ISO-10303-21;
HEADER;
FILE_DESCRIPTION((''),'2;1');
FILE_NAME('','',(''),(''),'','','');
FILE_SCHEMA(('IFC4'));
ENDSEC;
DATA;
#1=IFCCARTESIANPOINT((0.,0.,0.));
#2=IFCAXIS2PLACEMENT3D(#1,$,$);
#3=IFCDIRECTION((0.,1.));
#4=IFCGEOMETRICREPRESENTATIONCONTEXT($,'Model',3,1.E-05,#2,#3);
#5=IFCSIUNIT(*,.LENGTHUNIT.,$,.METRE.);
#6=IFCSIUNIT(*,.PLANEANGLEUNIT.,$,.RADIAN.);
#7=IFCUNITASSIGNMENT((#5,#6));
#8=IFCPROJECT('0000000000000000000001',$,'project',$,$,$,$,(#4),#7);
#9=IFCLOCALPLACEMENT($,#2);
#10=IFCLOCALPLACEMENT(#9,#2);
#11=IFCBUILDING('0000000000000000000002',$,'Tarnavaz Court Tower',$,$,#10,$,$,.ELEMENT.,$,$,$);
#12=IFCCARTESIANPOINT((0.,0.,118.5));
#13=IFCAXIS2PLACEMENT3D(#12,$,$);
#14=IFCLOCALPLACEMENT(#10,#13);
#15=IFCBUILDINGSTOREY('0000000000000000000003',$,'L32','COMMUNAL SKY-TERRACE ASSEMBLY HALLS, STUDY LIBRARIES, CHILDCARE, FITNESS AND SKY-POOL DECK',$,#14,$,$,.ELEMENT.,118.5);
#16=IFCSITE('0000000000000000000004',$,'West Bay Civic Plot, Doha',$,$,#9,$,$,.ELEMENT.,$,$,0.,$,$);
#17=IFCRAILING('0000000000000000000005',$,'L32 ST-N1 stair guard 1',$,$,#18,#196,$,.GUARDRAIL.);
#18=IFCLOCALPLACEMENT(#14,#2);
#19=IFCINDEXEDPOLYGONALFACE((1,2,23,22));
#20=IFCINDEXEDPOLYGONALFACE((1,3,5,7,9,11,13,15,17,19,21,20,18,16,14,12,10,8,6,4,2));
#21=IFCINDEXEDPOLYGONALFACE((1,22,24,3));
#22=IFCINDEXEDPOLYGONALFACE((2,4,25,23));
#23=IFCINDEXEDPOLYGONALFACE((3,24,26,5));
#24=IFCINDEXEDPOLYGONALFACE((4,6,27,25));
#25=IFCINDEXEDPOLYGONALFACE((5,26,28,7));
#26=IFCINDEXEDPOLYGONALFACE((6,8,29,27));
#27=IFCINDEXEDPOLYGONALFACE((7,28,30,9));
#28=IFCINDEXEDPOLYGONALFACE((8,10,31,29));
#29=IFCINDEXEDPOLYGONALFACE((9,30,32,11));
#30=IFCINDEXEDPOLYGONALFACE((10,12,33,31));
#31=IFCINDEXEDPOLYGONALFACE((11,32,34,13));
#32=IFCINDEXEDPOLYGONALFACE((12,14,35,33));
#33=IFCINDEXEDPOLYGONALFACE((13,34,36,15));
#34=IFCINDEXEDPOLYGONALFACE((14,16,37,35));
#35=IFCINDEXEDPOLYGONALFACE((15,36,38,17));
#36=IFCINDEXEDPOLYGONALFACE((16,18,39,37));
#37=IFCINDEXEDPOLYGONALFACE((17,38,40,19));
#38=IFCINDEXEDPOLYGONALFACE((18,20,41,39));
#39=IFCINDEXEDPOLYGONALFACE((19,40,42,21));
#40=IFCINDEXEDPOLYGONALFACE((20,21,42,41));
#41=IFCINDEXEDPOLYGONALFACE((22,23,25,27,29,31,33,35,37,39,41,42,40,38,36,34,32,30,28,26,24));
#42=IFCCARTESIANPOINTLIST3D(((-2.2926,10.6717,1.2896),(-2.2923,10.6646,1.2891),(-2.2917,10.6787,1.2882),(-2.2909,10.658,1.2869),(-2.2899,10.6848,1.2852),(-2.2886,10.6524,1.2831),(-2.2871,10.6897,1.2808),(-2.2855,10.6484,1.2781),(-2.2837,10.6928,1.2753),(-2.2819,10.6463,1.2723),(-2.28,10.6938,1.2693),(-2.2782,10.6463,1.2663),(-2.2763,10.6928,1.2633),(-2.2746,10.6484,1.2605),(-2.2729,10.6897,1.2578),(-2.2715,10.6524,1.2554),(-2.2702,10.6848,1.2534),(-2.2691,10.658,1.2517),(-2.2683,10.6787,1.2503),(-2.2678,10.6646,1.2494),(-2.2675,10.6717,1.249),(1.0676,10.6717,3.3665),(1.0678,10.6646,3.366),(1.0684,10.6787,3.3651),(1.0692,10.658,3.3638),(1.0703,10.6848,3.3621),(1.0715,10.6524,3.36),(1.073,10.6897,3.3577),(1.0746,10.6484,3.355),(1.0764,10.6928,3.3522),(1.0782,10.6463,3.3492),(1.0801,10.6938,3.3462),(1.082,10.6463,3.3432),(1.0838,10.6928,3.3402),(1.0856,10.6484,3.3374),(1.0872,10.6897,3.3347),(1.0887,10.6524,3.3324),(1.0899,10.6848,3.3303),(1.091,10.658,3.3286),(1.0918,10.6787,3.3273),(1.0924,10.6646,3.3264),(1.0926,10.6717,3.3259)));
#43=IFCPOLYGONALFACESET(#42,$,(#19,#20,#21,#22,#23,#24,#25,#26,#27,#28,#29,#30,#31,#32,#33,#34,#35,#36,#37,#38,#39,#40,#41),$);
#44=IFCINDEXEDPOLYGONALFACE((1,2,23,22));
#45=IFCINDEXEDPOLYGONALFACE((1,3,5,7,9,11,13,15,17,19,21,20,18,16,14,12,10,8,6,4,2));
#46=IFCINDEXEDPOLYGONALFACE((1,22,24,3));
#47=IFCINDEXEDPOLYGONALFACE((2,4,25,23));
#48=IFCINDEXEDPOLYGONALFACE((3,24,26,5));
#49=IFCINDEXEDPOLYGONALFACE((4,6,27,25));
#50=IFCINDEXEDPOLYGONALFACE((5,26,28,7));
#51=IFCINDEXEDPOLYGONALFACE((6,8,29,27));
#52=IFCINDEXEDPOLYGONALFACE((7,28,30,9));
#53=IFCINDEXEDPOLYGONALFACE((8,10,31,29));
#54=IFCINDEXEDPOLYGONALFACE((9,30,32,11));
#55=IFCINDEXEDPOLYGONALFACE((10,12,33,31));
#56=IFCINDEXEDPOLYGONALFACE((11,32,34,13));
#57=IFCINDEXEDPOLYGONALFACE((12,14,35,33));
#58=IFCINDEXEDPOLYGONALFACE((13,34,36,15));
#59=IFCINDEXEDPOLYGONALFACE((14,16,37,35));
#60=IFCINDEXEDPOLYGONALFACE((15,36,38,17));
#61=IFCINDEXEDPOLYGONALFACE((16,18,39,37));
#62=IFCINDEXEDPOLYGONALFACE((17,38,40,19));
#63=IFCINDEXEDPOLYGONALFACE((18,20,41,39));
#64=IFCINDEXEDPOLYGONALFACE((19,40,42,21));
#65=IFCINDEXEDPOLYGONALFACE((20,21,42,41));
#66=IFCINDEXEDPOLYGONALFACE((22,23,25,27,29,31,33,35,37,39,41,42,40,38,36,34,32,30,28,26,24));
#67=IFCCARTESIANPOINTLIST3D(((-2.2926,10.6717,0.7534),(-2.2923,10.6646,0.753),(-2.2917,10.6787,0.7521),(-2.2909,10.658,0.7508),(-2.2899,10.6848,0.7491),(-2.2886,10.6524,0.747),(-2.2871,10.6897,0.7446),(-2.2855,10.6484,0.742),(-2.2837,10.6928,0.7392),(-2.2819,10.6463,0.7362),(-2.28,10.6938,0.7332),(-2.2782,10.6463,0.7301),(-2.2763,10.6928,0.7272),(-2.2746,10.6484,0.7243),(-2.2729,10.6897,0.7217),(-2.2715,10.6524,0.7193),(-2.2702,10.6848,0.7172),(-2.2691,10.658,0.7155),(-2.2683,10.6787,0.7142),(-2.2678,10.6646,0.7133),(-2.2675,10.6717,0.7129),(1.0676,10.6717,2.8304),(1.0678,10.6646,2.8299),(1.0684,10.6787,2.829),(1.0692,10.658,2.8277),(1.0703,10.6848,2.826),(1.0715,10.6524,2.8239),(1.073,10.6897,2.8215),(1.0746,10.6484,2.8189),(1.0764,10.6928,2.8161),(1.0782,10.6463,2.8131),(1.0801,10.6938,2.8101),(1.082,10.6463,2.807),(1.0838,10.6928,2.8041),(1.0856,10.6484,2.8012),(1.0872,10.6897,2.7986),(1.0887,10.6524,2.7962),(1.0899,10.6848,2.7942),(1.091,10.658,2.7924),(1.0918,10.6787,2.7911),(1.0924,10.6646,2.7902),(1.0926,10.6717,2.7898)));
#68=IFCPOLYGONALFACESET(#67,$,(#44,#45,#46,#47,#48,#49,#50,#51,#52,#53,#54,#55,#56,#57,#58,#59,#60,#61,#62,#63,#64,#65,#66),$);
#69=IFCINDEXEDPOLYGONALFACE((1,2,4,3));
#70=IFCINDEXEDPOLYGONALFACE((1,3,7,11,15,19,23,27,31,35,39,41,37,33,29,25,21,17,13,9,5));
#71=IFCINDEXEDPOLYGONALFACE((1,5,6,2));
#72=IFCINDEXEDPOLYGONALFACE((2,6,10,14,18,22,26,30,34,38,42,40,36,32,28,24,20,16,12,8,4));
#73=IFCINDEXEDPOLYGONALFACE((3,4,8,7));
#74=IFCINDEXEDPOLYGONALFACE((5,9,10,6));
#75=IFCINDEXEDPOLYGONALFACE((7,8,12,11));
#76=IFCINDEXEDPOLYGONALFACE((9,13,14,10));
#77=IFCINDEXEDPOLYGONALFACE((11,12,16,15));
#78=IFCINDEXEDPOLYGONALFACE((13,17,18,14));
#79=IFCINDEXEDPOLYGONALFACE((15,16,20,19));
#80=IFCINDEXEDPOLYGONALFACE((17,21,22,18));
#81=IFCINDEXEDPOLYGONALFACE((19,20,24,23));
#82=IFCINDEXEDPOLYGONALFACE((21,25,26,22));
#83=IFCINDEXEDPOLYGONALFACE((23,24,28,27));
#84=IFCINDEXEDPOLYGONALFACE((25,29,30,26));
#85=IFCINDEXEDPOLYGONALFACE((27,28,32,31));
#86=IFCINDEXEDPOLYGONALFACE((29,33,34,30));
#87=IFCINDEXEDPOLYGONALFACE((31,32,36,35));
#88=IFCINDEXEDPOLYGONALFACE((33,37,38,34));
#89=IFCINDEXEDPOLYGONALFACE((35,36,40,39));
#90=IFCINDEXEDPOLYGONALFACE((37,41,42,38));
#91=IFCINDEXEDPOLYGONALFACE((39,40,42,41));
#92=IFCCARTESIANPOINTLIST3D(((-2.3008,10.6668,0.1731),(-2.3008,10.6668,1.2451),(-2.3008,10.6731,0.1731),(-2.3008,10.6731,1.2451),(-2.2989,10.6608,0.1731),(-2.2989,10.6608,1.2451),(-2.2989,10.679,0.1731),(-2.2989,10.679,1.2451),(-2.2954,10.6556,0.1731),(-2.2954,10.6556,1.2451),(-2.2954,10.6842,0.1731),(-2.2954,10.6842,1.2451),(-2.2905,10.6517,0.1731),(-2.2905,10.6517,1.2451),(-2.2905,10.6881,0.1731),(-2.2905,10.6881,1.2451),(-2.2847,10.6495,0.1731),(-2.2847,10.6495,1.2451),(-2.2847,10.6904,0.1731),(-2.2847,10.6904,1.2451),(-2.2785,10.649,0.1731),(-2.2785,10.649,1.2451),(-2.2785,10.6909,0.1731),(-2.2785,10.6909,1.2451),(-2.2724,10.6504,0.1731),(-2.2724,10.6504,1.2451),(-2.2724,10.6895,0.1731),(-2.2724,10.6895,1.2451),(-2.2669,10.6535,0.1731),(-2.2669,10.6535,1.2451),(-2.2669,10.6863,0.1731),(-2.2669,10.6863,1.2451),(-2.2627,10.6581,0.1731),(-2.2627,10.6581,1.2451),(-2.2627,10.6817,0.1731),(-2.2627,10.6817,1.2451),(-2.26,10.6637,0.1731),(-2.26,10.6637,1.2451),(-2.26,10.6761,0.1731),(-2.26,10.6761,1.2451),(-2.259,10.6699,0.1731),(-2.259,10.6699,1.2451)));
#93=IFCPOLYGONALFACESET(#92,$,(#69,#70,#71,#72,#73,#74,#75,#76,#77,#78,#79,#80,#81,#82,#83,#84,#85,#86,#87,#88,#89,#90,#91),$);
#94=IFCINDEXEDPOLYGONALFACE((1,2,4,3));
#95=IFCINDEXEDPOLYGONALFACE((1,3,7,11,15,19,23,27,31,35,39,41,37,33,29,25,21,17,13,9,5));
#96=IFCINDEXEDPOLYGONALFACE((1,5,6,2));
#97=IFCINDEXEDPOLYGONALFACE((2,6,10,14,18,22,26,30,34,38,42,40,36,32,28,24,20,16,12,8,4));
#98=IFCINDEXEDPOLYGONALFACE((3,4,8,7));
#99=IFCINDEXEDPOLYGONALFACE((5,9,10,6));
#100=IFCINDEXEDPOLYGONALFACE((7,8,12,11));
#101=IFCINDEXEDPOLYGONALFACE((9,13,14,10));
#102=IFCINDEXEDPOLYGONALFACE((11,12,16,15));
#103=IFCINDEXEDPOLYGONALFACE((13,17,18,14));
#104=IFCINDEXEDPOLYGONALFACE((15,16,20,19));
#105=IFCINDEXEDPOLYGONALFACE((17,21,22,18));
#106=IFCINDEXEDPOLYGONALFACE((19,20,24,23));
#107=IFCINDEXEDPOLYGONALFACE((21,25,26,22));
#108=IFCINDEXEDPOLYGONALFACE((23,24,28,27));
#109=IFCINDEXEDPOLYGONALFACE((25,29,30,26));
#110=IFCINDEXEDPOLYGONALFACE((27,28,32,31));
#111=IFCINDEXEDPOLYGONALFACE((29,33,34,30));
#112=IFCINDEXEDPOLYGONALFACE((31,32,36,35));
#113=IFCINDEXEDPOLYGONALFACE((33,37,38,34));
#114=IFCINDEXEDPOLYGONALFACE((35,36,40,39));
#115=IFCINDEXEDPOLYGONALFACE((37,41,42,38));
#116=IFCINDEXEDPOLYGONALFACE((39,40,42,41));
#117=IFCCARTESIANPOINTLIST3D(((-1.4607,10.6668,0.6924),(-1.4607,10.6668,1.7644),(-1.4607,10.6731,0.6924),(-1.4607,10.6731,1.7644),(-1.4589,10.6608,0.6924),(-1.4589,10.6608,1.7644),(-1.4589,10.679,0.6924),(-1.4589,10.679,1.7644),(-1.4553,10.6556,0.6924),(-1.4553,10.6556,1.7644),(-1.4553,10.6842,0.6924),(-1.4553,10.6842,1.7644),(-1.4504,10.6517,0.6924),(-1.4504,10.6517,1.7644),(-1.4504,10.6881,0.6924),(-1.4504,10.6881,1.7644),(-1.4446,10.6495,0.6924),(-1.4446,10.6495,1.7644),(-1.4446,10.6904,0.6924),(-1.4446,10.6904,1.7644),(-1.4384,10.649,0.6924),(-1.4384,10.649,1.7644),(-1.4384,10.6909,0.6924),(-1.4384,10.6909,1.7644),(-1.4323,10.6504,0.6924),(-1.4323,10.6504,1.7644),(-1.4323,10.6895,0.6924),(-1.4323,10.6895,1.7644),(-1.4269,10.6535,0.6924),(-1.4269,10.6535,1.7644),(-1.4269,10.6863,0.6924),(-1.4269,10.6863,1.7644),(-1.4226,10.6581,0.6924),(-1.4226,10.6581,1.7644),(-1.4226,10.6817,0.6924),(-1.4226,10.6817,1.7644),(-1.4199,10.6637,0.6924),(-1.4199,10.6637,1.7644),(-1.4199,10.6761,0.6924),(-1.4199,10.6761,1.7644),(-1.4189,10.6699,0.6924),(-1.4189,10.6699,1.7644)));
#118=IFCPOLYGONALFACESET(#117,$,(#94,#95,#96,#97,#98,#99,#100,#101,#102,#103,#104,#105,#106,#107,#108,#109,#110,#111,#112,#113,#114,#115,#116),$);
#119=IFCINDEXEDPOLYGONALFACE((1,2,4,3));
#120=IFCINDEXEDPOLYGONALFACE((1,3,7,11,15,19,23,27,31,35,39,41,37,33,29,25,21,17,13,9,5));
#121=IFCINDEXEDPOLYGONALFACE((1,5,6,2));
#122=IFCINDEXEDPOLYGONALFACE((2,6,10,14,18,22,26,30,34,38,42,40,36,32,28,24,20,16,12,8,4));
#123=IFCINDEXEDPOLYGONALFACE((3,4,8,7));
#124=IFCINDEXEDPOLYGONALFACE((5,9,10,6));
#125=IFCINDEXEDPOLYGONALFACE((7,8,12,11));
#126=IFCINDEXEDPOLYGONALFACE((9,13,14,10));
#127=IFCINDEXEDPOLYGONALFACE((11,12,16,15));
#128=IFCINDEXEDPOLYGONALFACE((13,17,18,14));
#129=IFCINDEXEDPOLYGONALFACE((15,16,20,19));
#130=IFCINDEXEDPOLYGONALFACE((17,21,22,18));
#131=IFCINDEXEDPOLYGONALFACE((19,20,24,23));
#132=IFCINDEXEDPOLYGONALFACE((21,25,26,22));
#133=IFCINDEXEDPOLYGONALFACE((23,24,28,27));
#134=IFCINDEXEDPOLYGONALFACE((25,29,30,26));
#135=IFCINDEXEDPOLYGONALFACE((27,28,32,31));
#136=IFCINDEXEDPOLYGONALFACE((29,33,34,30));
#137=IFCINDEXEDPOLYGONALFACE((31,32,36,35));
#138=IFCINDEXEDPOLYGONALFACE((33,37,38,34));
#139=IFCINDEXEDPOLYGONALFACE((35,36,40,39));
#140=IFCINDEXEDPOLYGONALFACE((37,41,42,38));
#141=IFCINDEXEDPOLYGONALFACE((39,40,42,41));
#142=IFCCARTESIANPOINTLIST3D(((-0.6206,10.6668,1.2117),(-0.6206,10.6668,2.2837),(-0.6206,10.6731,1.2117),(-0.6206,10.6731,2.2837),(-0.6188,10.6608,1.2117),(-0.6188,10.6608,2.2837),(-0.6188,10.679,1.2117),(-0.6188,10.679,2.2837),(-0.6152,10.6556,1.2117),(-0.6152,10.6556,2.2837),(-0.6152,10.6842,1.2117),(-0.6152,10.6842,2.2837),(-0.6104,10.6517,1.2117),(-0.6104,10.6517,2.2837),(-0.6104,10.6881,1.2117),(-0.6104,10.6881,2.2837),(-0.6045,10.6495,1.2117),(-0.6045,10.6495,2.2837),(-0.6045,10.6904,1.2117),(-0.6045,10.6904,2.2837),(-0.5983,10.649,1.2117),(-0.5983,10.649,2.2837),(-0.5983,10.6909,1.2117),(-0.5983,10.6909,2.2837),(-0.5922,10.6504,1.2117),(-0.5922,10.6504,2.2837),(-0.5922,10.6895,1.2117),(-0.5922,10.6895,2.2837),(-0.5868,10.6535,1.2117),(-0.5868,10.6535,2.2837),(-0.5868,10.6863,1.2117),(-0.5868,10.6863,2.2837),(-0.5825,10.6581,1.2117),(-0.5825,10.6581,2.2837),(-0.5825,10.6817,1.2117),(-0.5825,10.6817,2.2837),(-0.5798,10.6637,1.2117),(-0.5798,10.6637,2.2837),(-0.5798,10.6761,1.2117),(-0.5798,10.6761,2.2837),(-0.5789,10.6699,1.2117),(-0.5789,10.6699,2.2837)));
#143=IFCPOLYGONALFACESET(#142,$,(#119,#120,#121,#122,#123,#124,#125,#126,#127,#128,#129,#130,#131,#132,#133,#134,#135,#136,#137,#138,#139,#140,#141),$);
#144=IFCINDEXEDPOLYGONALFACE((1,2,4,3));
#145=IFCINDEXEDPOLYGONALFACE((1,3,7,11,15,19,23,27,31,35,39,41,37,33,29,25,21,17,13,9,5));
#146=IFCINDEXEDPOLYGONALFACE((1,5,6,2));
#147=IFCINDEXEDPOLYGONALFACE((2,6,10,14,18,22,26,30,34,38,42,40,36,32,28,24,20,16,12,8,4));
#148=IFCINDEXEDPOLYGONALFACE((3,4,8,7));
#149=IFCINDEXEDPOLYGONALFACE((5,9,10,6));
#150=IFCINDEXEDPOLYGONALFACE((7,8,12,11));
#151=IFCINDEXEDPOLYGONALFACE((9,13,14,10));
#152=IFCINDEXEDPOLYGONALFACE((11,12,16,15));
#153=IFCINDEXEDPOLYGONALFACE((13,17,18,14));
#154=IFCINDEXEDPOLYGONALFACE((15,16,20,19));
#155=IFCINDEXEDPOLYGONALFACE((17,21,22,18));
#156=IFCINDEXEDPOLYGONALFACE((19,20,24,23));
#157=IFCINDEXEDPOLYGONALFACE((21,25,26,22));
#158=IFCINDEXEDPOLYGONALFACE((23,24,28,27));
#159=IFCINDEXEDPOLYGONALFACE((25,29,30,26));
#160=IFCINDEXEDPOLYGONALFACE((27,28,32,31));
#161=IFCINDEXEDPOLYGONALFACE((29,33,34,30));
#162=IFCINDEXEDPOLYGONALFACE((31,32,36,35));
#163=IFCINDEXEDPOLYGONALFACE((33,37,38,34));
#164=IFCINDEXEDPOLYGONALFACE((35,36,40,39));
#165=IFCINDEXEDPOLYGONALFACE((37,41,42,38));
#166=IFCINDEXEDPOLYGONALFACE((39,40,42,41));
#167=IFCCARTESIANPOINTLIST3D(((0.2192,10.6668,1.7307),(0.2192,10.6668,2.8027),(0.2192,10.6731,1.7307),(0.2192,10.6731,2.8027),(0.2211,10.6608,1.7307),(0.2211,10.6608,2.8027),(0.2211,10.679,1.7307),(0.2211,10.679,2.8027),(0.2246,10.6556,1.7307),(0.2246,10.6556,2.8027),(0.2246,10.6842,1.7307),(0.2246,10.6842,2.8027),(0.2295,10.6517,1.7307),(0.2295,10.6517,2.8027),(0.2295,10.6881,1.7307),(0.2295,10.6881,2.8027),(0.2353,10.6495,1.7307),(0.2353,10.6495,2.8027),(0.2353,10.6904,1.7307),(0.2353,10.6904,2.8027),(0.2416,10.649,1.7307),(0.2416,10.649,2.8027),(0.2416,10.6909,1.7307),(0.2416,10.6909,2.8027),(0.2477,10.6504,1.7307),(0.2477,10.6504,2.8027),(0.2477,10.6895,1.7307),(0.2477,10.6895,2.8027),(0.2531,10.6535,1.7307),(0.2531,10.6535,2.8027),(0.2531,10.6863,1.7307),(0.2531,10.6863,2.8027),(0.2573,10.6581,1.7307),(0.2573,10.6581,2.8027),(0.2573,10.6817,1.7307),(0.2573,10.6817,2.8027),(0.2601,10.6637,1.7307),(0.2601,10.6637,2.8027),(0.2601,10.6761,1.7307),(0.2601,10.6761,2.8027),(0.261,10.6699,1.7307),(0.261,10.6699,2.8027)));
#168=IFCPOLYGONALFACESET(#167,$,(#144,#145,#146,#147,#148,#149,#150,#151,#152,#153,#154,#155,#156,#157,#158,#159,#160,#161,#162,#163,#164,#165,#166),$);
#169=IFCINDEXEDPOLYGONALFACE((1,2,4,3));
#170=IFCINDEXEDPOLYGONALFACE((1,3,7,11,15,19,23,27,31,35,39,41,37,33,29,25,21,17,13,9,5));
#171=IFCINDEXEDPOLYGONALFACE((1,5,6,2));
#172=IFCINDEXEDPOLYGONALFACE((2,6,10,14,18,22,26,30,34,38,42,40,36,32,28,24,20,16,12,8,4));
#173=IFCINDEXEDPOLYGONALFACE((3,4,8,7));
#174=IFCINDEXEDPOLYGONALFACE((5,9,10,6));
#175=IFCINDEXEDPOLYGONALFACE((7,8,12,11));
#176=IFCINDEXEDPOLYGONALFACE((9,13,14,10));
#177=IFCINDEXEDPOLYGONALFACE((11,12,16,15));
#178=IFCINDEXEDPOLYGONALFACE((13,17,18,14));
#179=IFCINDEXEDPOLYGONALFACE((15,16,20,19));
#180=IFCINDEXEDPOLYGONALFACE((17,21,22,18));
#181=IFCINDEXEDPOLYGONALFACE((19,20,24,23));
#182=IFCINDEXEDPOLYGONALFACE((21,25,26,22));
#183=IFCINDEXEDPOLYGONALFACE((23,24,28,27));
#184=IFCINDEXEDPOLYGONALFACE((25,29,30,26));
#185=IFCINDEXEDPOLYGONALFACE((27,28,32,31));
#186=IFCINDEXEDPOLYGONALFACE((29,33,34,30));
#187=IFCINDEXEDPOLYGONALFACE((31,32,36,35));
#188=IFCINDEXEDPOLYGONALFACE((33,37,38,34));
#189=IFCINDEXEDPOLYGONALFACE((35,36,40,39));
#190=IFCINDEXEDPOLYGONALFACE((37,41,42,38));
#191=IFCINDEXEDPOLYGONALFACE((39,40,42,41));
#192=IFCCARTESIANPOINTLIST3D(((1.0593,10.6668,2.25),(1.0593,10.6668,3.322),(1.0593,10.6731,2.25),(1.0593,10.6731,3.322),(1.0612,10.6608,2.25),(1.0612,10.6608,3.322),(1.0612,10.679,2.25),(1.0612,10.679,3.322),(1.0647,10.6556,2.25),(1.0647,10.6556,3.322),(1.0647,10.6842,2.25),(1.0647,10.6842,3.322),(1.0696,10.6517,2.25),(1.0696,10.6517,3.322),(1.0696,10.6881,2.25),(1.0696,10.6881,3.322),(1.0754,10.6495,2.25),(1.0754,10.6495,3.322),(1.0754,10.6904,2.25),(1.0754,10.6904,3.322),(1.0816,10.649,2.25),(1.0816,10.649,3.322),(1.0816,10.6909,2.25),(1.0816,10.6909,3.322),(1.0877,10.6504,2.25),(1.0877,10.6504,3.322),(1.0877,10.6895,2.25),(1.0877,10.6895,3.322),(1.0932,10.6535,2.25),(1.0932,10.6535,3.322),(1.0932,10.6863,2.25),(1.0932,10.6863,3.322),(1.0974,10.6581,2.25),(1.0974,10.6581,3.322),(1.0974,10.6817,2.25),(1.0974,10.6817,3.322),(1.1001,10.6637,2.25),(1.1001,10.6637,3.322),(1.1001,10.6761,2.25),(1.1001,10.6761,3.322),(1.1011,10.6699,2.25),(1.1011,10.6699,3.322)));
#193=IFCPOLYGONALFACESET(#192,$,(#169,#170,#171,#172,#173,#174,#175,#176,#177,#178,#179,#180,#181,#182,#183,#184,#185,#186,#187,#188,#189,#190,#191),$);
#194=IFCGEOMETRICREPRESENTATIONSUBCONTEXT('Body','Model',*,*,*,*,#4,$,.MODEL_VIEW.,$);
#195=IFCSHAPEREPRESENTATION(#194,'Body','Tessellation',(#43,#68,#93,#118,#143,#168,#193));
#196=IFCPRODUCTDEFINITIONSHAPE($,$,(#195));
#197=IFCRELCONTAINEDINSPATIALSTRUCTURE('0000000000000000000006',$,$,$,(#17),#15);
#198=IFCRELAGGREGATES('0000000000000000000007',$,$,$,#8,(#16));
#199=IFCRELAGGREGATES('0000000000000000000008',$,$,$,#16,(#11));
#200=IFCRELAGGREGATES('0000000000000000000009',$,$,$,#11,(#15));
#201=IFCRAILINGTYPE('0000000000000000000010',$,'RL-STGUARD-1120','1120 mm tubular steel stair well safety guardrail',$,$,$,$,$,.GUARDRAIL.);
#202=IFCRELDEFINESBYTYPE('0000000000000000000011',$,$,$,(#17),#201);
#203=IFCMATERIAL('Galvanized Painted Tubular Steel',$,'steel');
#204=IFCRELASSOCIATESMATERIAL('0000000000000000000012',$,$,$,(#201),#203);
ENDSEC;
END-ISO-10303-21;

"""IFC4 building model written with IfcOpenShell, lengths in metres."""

from ifc_helpers import new_model, si_unit, direction, frame, origin, origin_2d, place, context, subcontext, project, spatial, circle, extrude, material, type_object, element, save


model = new_model("IFC4")

# Units and contexts
model_context = context("Model", 3, precision=1e-05, world=origin(), true_north=direction((0.0, 1.0)))
body_context = subcontext(model_context, "Body", "Model", "MODEL_VIEW")
ifc_project = project(units=[si_unit("LENGTHUNIT", "METRE"), si_unit("PLANEANGLEUNIT", "RADIAN")], contexts=[model_context])

# Site, building, storey
site_placement = place(None, origin())
site = spatial("IfcSite", under=ifc_project, at=site_placement, Name="West Bay Civic Plot, Doha", CompositionType="ELEMENT", RefElevation=0.0)
building_placement = place(site_placement, origin())
building = spatial("IfcBuilding", under=site, at=building_placement, Name="Tarnavaz Court Tower", CompositionType="ELEMENT")
storey_placement = place(building_placement, frame((0.0, 0.0, 118.5)))
storey = spatial("IfcBuildingStorey", under=building, at=storey_placement, Name="L32", Description="COMMUNAL SKY-TERRACE ASSEMBLY HALLS, STUDY LIBRARIES, CHILDCARE, FITNESS AND SKY-POOL DECK", CompositionType="ELEMENT", Elevation=118.5)

# Railing
ifc_material_1 = material(Name="Galvanized Painted Tubular Steel", Category="steel")
railing_type_1 = type_object("IfcRailingType", Name="RL-STGUARD-1120", Description="1120 mm tubular steel stair well safety guardrail", PredefinedType="GUARDRAIL", material=ifc_material_1)
railing_1_placement = place(storey_placement, frame((-2.28, 10.6699, 0.1731)))
element("IfcRailing", 1, at=railing_1_placement, inside=storey, type_object=railing_type_1, Name="L32 ST-N1 stair guard 1", PredefinedType="GUARDRAIL", context=body_context, shape_type="SweptSolid", body=[
    extrude(circle(Radius=0.0239, at=origin_2d()), frame((0.0, 0.0, 1.0962), z_axis=(0.850623, 0.0, 0.525776), x_axis=(0.0, 1.0, 0.0)), (0.0, 0.0, 1.0), 3.9502),
    extrude(circle(Radius=0.0239, at=origin_2d()), frame((0.0, 0.0, 0.5601), z_axis=(0.850623, 0.0, 0.525776), x_axis=(0.0, 1.0, 0.0)), (0.0, 0.0, 1.0), 3.9502),
    extrude(circle(Radius=0.021, at=origin_2d()), origin(), (0.0, 0.0, 1.0), 1.072),
    extrude(circle(Radius=0.021, at=origin_2d()), frame((0.8401, 0.0, 0.5193)), (0.0, 0.0, 1.0), 1.072),
    extrude(circle(Radius=0.021, at=origin_2d()), frame((1.6802, 0.0, 1.0386)), (0.0, 0.0, 1.0), 1.072),
    extrude(circle(Radius=0.021, at=origin_2d()), frame((2.52, 0.0, 1.5576)), (0.0, 0.0, 1.0), 1.072),
    extrude(circle(Radius=0.021, at=origin_2d()), frame((3.3601, 0.0, 2.0769)), (0.0, 0.0, 1.0), 1.072),
])

save(model, "model.ifc")
